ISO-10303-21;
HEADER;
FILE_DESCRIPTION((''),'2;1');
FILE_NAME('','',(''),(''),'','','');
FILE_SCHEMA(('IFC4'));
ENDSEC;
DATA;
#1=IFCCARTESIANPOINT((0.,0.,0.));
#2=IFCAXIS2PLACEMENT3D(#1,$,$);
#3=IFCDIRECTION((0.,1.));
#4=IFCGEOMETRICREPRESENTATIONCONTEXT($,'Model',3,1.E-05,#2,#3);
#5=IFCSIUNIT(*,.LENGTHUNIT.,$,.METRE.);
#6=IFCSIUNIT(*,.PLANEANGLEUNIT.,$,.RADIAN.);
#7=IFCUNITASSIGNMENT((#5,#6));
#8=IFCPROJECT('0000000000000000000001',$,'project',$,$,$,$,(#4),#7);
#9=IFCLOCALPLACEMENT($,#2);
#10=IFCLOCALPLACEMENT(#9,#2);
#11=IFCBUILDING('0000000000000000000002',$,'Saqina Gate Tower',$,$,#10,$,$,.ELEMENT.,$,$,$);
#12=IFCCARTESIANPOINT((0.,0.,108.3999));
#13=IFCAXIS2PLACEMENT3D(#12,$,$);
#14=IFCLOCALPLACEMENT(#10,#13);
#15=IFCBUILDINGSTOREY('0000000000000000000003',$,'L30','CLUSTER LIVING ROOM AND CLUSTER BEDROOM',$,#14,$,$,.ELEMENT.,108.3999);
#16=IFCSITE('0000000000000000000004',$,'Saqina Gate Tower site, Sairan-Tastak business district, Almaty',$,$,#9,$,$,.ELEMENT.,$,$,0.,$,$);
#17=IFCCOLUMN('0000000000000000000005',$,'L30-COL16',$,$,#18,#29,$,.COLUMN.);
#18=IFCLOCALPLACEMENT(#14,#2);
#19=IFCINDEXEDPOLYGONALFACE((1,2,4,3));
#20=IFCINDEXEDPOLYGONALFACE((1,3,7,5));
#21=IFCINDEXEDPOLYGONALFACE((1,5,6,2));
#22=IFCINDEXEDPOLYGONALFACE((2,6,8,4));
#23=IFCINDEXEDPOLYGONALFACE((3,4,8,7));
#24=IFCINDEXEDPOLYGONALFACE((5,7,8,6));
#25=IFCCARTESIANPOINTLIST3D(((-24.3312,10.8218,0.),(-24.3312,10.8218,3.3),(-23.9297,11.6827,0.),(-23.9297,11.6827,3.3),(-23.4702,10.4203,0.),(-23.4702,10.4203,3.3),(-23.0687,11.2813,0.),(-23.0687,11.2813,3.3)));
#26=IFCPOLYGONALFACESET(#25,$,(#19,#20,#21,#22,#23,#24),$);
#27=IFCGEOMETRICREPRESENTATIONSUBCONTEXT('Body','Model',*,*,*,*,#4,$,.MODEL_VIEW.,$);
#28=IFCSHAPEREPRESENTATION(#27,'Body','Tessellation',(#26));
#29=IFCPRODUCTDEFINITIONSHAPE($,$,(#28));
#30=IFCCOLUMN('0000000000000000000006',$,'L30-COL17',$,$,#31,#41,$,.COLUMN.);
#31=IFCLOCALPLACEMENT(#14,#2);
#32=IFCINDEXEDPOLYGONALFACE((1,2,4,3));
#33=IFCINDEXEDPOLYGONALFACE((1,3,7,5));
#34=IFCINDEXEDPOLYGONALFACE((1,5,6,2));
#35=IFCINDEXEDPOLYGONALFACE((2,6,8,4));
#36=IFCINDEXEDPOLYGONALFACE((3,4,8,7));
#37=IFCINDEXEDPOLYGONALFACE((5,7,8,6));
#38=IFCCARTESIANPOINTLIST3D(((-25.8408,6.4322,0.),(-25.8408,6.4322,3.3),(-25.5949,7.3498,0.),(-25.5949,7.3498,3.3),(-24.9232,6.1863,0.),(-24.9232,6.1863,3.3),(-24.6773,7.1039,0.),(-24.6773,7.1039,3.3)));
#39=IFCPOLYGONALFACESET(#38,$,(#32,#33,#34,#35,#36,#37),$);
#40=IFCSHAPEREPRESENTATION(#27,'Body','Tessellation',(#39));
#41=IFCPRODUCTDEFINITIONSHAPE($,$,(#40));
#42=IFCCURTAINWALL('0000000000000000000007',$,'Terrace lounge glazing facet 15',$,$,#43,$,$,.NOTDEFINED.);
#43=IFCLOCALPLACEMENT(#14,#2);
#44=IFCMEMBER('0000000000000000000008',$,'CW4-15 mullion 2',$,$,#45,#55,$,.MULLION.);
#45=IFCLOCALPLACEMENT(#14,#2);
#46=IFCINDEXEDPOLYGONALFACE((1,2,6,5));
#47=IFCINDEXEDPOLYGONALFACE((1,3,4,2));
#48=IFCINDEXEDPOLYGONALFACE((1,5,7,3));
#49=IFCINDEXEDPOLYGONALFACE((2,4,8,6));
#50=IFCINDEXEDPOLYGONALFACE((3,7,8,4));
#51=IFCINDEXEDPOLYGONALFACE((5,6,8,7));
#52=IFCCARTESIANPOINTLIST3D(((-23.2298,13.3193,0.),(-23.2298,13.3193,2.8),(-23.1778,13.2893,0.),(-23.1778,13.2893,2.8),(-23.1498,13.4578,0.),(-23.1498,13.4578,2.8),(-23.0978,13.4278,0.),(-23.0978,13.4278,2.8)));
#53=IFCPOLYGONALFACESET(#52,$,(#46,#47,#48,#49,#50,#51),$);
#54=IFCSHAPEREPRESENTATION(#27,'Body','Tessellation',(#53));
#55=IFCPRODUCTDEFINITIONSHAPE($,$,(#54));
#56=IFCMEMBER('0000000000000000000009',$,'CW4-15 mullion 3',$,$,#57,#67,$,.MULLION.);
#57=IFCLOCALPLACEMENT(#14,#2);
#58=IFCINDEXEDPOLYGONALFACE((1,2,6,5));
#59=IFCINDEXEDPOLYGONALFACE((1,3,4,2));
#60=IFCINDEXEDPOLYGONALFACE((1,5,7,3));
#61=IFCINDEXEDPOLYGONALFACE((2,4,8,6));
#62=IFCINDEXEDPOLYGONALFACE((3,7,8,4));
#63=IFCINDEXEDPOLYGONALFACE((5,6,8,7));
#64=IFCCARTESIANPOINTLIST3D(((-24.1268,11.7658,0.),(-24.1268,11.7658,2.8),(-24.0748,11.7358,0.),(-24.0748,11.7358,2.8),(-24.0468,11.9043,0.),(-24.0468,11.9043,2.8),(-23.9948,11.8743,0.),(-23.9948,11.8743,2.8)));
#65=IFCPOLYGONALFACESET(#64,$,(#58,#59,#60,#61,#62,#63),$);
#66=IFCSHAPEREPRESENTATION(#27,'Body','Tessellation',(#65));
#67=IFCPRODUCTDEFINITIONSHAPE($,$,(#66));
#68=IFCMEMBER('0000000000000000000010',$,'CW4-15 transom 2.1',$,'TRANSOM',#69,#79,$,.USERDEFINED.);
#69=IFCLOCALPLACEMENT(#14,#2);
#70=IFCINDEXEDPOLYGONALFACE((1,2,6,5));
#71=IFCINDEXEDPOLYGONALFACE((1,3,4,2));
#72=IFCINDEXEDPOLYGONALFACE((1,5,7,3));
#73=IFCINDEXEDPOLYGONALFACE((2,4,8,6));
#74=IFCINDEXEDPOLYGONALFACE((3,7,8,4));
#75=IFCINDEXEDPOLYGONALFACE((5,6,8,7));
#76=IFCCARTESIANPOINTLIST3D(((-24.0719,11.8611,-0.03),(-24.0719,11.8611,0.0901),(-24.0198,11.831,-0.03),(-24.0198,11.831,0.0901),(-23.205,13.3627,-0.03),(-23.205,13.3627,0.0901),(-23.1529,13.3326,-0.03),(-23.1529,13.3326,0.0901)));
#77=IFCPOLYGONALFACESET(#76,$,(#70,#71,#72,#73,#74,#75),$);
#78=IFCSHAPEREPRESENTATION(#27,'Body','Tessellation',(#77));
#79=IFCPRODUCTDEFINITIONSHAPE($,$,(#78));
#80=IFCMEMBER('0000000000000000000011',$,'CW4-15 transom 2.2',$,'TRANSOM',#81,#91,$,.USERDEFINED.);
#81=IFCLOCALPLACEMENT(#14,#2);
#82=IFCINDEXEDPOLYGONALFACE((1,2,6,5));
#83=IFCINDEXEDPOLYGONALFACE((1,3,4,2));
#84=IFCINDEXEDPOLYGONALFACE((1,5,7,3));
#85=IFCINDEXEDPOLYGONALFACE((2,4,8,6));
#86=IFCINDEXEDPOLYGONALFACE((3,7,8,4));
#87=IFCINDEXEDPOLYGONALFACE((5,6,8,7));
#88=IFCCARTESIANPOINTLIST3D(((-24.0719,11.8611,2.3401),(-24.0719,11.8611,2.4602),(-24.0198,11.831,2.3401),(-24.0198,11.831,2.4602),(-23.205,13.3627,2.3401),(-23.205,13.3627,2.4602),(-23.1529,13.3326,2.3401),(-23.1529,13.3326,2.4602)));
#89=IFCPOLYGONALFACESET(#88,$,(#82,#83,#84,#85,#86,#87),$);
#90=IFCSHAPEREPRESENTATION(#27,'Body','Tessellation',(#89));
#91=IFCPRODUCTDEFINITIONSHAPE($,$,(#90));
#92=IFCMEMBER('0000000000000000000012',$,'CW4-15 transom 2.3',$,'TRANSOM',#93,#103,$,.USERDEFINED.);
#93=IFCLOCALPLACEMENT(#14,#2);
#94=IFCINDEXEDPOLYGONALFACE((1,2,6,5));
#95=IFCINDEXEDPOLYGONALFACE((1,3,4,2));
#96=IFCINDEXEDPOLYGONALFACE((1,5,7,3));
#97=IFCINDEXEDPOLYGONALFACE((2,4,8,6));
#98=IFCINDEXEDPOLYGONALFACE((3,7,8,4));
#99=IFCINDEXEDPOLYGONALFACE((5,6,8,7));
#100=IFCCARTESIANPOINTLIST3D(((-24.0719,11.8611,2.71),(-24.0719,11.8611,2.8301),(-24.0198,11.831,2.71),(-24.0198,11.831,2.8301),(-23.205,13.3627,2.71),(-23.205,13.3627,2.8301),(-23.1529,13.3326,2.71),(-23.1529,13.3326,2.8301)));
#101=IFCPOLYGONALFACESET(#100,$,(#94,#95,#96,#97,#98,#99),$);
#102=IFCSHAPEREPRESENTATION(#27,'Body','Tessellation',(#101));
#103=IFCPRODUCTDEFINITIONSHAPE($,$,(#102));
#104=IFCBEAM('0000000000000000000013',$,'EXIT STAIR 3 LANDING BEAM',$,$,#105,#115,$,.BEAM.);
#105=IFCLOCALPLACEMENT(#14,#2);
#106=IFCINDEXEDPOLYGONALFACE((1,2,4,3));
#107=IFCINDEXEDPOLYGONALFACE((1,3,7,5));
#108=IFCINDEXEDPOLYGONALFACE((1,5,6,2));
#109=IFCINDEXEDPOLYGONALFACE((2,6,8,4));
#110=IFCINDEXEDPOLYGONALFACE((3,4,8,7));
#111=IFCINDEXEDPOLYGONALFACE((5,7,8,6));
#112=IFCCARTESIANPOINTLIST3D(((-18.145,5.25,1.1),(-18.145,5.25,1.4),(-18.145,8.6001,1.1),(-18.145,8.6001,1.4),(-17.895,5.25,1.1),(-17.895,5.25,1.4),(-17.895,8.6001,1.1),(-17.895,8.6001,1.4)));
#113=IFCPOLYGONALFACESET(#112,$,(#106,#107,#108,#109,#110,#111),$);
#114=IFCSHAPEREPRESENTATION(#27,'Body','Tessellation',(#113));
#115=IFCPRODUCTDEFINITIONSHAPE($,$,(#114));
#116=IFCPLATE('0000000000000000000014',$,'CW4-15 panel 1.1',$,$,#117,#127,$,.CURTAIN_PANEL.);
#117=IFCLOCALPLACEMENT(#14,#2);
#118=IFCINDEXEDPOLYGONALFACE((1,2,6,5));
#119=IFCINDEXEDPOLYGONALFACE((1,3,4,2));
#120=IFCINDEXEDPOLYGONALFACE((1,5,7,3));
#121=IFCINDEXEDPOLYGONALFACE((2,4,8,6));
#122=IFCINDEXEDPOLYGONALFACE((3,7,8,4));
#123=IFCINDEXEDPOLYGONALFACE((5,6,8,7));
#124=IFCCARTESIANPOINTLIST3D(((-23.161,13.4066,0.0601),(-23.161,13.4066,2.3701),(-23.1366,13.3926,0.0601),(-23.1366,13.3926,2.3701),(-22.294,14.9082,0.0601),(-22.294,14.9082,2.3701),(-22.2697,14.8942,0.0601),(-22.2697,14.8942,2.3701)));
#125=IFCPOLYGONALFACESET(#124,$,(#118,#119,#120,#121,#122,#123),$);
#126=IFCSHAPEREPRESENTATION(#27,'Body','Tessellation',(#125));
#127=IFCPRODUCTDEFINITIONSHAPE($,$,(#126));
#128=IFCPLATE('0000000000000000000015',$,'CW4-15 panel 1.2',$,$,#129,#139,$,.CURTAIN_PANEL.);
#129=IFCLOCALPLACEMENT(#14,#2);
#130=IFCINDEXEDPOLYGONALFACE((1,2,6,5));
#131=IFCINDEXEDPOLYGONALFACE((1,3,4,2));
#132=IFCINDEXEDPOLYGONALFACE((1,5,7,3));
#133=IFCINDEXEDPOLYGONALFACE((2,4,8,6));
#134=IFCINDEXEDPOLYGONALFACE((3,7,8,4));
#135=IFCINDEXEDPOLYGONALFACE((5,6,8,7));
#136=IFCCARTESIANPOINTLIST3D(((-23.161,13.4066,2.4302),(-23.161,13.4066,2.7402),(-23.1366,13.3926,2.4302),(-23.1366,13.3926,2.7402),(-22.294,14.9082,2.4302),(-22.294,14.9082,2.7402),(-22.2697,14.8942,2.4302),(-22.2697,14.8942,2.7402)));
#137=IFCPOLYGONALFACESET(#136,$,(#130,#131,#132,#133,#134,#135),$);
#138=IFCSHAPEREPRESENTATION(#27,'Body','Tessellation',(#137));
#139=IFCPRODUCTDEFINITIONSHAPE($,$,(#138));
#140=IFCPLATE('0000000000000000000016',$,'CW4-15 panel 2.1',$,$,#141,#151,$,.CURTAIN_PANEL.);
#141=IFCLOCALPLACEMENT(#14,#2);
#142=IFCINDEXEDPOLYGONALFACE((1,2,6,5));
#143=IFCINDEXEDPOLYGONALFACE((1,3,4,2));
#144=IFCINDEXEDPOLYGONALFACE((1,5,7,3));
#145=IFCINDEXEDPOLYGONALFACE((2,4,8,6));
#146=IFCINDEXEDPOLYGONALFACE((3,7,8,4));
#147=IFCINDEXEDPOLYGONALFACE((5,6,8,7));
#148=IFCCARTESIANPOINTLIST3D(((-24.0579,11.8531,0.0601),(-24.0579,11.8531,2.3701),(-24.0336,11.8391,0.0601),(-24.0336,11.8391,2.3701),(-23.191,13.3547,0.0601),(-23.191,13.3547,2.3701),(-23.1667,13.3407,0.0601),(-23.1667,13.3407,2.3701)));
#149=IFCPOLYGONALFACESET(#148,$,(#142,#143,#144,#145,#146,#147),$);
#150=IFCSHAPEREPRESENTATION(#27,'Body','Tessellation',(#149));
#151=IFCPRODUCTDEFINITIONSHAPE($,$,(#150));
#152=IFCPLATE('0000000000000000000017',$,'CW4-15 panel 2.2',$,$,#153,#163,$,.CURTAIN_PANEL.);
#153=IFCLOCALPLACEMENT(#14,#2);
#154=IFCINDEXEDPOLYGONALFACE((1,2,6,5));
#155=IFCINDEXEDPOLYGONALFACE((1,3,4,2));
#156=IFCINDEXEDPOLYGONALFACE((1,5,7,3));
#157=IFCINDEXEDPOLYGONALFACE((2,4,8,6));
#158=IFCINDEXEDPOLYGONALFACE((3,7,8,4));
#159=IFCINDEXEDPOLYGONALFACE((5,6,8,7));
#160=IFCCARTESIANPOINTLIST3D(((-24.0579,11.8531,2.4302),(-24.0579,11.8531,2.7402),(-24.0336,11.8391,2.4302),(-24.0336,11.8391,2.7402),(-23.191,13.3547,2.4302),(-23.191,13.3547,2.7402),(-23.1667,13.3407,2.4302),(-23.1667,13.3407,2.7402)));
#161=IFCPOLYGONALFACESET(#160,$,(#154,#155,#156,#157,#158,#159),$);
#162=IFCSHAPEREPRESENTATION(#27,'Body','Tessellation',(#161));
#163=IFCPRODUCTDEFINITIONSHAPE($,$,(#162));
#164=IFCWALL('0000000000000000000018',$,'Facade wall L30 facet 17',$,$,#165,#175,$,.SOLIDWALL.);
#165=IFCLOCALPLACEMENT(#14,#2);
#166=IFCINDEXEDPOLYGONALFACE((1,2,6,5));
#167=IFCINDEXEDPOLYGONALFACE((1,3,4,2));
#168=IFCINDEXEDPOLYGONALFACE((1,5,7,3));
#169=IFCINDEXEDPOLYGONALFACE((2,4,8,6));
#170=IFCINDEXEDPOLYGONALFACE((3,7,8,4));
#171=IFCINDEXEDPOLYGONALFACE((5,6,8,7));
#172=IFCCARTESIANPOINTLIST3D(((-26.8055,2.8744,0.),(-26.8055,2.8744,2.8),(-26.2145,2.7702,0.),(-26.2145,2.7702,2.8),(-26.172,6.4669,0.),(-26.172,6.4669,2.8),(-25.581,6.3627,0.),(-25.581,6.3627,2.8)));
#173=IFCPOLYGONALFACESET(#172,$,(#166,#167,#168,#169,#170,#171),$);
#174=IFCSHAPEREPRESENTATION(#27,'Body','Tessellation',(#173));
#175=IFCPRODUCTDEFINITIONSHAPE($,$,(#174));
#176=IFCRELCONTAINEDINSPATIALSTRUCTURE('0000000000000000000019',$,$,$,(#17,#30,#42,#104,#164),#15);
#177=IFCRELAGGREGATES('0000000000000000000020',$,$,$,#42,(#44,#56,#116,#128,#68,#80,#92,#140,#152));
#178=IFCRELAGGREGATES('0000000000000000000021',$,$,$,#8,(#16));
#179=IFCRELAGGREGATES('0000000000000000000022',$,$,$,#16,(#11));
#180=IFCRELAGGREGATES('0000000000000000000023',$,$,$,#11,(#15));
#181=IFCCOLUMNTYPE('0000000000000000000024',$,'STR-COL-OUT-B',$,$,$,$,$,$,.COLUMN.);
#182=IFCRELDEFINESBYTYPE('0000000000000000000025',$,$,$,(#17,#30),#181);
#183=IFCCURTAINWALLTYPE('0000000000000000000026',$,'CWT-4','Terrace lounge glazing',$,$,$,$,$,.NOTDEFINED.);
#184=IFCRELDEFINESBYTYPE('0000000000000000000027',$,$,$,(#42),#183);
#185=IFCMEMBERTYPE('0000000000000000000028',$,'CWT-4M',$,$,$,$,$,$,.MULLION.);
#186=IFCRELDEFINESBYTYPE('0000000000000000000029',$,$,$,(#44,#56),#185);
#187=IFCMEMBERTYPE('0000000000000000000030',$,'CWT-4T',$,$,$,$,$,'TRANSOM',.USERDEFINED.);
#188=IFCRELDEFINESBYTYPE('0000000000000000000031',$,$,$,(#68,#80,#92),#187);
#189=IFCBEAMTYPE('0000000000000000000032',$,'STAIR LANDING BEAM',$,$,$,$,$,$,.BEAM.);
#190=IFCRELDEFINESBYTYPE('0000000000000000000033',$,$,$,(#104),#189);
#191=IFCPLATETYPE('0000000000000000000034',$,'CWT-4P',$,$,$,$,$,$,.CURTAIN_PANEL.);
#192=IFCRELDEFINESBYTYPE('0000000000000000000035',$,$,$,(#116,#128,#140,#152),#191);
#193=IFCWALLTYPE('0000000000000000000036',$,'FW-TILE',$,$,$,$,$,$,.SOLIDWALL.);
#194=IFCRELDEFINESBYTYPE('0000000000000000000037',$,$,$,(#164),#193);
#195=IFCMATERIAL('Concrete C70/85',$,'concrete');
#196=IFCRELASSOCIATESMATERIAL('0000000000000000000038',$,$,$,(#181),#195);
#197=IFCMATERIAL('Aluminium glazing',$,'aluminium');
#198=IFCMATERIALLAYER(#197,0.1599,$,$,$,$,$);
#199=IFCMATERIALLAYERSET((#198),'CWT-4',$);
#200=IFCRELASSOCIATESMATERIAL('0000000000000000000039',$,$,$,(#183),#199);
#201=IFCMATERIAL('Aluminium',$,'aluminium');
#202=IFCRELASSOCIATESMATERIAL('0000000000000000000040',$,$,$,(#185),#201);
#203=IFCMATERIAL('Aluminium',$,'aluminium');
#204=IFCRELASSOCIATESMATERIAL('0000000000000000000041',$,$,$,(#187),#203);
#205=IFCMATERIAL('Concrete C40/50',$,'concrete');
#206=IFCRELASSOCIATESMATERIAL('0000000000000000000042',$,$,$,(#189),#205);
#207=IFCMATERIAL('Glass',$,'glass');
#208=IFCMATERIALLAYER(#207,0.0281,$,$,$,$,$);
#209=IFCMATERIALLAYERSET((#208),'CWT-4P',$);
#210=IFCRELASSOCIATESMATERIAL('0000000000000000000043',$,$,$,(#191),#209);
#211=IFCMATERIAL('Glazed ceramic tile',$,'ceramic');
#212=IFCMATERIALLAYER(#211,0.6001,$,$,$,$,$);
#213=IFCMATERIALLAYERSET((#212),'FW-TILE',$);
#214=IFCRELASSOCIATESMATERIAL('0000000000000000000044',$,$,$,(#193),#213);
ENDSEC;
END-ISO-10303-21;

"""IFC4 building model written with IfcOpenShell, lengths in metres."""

from ifc_helpers import new_model, si_unit, direction, frame, frame_2d, origin, origin_2d, place, context, subcontext, project, spatial, rectangle, extrude, material, layer, layer_set, material_profile, profile_set, type_object, element, aggregate, save


model = new_model("IFC4")

# Units and contexts
model_context = context("Model", 3, precision=1e-05, world=origin(), true_north=direction((0.0, 1.0)))
body_context = subcontext(model_context, "Body", "Model", "MODEL_VIEW")
ifc_project = project(units=[si_unit("LENGTHUNIT", "METRE"), si_unit("PLANEANGLEUNIT", "RADIAN")], contexts=[model_context])

# Site, building, storey
site_placement = place(None, origin())
site = spatial("IfcSite", under=ifc_project, at=site_placement, Name="Saqina Gate Tower site, Sairan-Tastak business district, Almaty", CompositionType="ELEMENT", RefElevation=0.0)
building_placement = place(site_placement, origin())
building = spatial("IfcBuilding", under=site, at=building_placement, Name="Saqina Gate Tower", CompositionType="ELEMENT")
storey_placement = place(building_placement, frame((0.0, 0.0, 108.3999)))
storey = spatial("IfcBuildingStorey", under=building, at=storey_placement, Name="L30", Description="CLUSTER LIVING ROOM AND CLUSTER BEDROOM", CompositionType="ELEMENT", Elevation=108.3999)

# Columns
ifc_material_1 = material(Name="Concrete C70/85", Category="concrete")
ifc_material_profile_1 = material_profile(ifc_material_1, rectangle(XDim=0.95, YDim=0.95, at=origin_2d()), Name="RC 950x950")
ifc_profile_set_1 = profile_set([ifc_material_profile_1], Name="Concrete C70/85")
column_type = type_object("IfcColumnType", Name="STR-COL-OUT-B", PredefinedType="COLUMN", material=ifc_profile_set_1)
for number, where, z_axis, x_axis, name in (
    (1, (-23.7, 11.0515, 0.0), (0.0, 0.0, 1.0), (-0.906308, 0.422618, 0.0), "L30-COL16"),
    (2, (-25.259, 6.7681, 0.0), (0.0, 0.0, 1.0), (-0.965926, 0.258819, 0.0), "L30-COL17"),
):
    element("IfcColumn", number, at=place(storey_placement, frame(where, z_axis=z_axis, x_axis=x_axis)), inside=storey, type_object=column_type, Name=name, PredefinedType="COLUMN", context=body_context, shape_type="SweptSolid", body=[
        extrude(rectangle(XDim=0.95, YDim=0.95, at=origin_2d()), origin(), (0.0, 0.0, 1.0), 3.3),
    ])

# Curtain wall, members
ifc_material_2 = material(Name="Aluminium glazing", Category="aluminium")
ifc_layer_1 = layer(ifc_material_2, 0.1599)
ifc_layer_set_1 = layer_set([ifc_layer_1], Name="CWT-4")
curtain_wall_type = type_object("IfcCurtainWallType", Name="CWT-4", Description="Terrace lounge glazing", PredefinedType="NOTDEFINED", material=ifc_layer_set_1)
curtain_wall_placement = place(storey_placement, origin())
curtain_wall = element("IfcCurtainWall", 3, at=curtain_wall_placement, inside=storey, type_object=curtain_wall_type, Name="Terrace lounge glazing facet 15", PredefinedType="NOTDEFINED")
ifc_material_3 = material(Name="Aluminium", Category="aluminium")
ifc_material_profile_2 = material_profile(ifc_material_3, rectangle(XDim=0.0601, YDim=0.1599, at=origin_2d()), Name="Aluminium 60x160")
ifc_profile_set_2 = profile_set([ifc_material_profile_2], Name="Aluminium")
member_type_1 = type_object("IfcMemberType", Name="CWT-4M", PredefinedType="MULLION", material=ifc_profile_set_2)
member_1_placement = place(storey_placement, frame((-23.1638, 13.3735, 0.0), z_axis=(0.0, 0.0, 1.0), x_axis=(0.866026, -0.499999, 0.0)))
member_1 = element("IfcMember", 4, at=member_1_placement, type_object=member_type_1, Name="CW4-15 mullion 2", PredefinedType="MULLION", context=body_context, shape_type="SweptSolid", body=[
    extrude(rectangle(XDim=0.0601, YDim=0.1599, at=origin_2d()), origin(), (0.0, 0.0, 1.0), 2.8),
])
member_2_placement = place(storey_placement, frame((-24.0608, 11.8201, 0.0), z_axis=(0.0, 0.0, 1.0), x_axis=(0.866026, -0.499999, 0.0)))
member_2 = element("IfcMember", 5, at=member_2_placement, type_object=member_type_1, Name="CW4-15 mullion 3", PredefinedType="MULLION", context=body_context, shape_type="SweptSolid", body=[
    extrude(rectangle(XDim=0.0601, YDim=0.1599, at=origin_2d()), origin(), (0.0, 0.0, 1.0), 2.8),
])
ifc_material_4 = material(Name="Aluminium", Category="aluminium")
ifc_material_profile_3 = material_profile(ifc_material_4, rectangle(XDim=0.0601, YDim=0.1201, at=origin_2d()), Name="Aluminium 60x120")
ifc_profile_set_3 = profile_set([ifc_material_profile_3], Name="Aluminium")
member_type_2 = type_object("IfcMemberType", Name="CWT-4T", ElementType="TRANSOM", PredefinedType="USERDEFINED", material=ifc_profile_set_3)
member_3_placement = place(storey_placement, frame((-23.179, 13.3477, 0.03), z_axis=(-0.49997, -0.866043, 0.0), x_axis=(0.866043, -0.49997, 0.0)))
member_3 = element("IfcMember", 6, at=member_3_placement, type_object=member_type_2, Name="CW4-15 transom 2.1", ObjectType="TRANSOM", PredefinedType="USERDEFINED", context=body_context, shape_type="SweptSolid", body=[
    extrude(rectangle(XDim=0.0601, YDim=0.1201, at=origin_2d()), origin(), (0.0, 0.0, 1.0), 1.7339),
])
member_4_placement = place(storey_placement, frame((-23.179, 13.3477, 2.4001), z_axis=(-0.49997, -0.866043, 0.0), x_axis=(0.866043, -0.49997, 0.0)))
member_4 = element("IfcMember", 7, at=member_4_placement, type_object=member_type_2, Name="CW4-15 transom 2.2", ObjectType="TRANSOM", PredefinedType="USERDEFINED", context=body_context, shape_type="SweptSolid", body=[
    extrude(rectangle(XDim=0.0601, YDim=0.1201, at=origin_2d()), origin(), (0.0, 0.0, 1.0), 1.7339),
])
member_5_placement = place(storey_placement, frame((-23.179, 13.3477, 2.77), z_axis=(-0.49997, -0.866043, 0.0), x_axis=(0.866043, -0.49997, 0.0)))
member_5 = element("IfcMember", 8, at=member_5_placement, type_object=member_type_2, Name="CW4-15 transom 2.3", ObjectType="TRANSOM", PredefinedType="USERDEFINED", context=body_context, shape_type="SweptSolid", body=[
    extrude(rectangle(XDim=0.0601, YDim=0.1201, at=origin_2d()), origin(), (0.0, 0.0, 1.0), 1.7339),
])

# Beam
ifc_material_5 = material(Name="Concrete C40/50", Category="concrete")
ifc_material_profile_4 = material_profile(ifc_material_5, rectangle(XDim=0.25, YDim=0.3, at=origin_2d()), Name="STAIR LANDING BEAM")
ifc_profile_set_4 = profile_set([ifc_material_profile_4], Name="Concrete C40/50")
beam_type = type_object("IfcBeamType", Name="STAIR LANDING BEAM", PredefinedType="BEAM", material=ifc_profile_set_4)
beam_placement = place(storey_placement, frame((-18.02, 5.25, 1.25), z_axis=(0.0, 1.0, 0.0), x_axis=(-1.0, 0.0, 0.0)))
element("IfcBeam", 9, at=beam_placement, inside=storey, type_object=beam_type, Name="EXIT STAIR 3 LANDING BEAM", PredefinedType="BEAM", context=body_context, shape_type="SweptSolid", body=[
    extrude(rectangle(XDim=0.25, YDim=0.3, at=origin_2d()), origin(), (0.0, 0.0, 1.0), 3.3501),
])

# Plates
ifc_material_6 = material(Name="Glass", Category="glass")
ifc_layer_2 = layer(ifc_material_6, 0.0281)
ifc_layer_set_2 = layer_set([ifc_layer_2], Name="CWT-4P")
plate_type = type_object("IfcPlateType", Name="CWT-4P", PredefinedType="CURTAIN_PANEL", material=ifc_layer_set_2)
plate_1_placement = place(storey_placement, frame((-22.7153, 14.1504, 0.0601), z_axis=(0.0, 0.0, 1.0), x_axis=(-0.499999, -0.866026, 0.0)))
plate_1 = element("IfcPlate", 10, at=plate_1_placement, type_object=plate_type, Name="CW4-15 panel 1.1", PredefinedType="CURTAIN_PANEL", context=body_context, shape_type="SweptSolid", body=[
    extrude(rectangle(XDim=1.7339, YDim=0.0281, at=origin_2d()), origin(), (0.0, 0.0, 1.0), 2.3101),
])
plate_2_placement = place(storey_placement, frame((-22.7153, 14.1504, 2.4302), z_axis=(0.0, 0.0, 1.0), x_axis=(-0.499999, -0.866026, 0.0)))
plate_2 = element("IfcPlate", 11, at=plate_2_placement, type_object=plate_type, Name="CW4-15 panel 1.2", PredefinedType="CURTAIN_PANEL", context=body_context, shape_type="SweptSolid", body=[
    extrude(rectangle(XDim=1.7339, YDim=0.0281, at=origin_2d()), origin(), (0.0, 0.0, 1.0), 0.3101),
])
plate_3_placement = place(storey_placement, frame((-23.6123, 12.5969, 0.0601), z_axis=(0.0, 0.0, 1.0), x_axis=(-0.499999, -0.866026, 0.0)))
plate_3 = element("IfcPlate", 12, at=plate_3_placement, type_object=plate_type, Name="CW4-15 panel 2.1", PredefinedType="CURTAIN_PANEL", context=body_context, shape_type="SweptSolid", body=[
    extrude(rectangle(XDim=1.7339, YDim=0.0281, at=origin_2d()), origin(), (0.0, 0.0, 1.0), 2.3101),
])
plate_4_placement = place(storey_placement, frame((-23.6123, 12.5969, 2.4302), z_axis=(0.0, 0.0, 1.0), x_axis=(-0.499999, -0.866026, 0.0)))
plate_4 = element("IfcPlate", 13, at=plate_4_placement, type_object=plate_type, Name="CW4-15 panel 2.2", PredefinedType="CURTAIN_PANEL", context=body_context, shape_type="SweptSolid", body=[
    extrude(rectangle(XDim=1.7339, YDim=0.0281, at=origin_2d()), origin(), (0.0, 0.0, 1.0), 0.3101),
])
aggregate(curtain_wall, [member_1, member_2, plate_1, plate_2, member_3, member_4, member_5, plate_3, plate_4])

# Wall
ifc_material_7 = material(Name="Glazed ceramic tile", Category="ceramic")
ifc_layer_3 = layer(ifc_material_7, 0.6001)
ifc_layer_set_3 = layer_set([ifc_layer_3], Name="FW-TILE")
wall_type_1 = type_object("IfcWallType", Name="FW-TILE", PredefinedType="SOLIDWALL", material=ifc_layer_set_3)
wall_1_placement = place(storey_placement, frame((-25.8765, 6.4148, 0.0), z_axis=(0.0, 0.0, 1.0), x_axis=(-0.173671, -0.984804, 0.0)))
element("IfcWall", 14, at=wall_1_placement, inside=storey, type_object=wall_type_1, Name="Facade wall L30 facet 17", PredefinedType="SOLIDWALL", context=body_context, shape_type="SweptSolid", body=[
    extrude(rectangle(XDim=3.6479, YDim=0.6001, at=frame_2d((1.824, 0.0))), origin(), (0.0, 0.0, 1.0), 2.8),
])

save(model, "model.ifc")
